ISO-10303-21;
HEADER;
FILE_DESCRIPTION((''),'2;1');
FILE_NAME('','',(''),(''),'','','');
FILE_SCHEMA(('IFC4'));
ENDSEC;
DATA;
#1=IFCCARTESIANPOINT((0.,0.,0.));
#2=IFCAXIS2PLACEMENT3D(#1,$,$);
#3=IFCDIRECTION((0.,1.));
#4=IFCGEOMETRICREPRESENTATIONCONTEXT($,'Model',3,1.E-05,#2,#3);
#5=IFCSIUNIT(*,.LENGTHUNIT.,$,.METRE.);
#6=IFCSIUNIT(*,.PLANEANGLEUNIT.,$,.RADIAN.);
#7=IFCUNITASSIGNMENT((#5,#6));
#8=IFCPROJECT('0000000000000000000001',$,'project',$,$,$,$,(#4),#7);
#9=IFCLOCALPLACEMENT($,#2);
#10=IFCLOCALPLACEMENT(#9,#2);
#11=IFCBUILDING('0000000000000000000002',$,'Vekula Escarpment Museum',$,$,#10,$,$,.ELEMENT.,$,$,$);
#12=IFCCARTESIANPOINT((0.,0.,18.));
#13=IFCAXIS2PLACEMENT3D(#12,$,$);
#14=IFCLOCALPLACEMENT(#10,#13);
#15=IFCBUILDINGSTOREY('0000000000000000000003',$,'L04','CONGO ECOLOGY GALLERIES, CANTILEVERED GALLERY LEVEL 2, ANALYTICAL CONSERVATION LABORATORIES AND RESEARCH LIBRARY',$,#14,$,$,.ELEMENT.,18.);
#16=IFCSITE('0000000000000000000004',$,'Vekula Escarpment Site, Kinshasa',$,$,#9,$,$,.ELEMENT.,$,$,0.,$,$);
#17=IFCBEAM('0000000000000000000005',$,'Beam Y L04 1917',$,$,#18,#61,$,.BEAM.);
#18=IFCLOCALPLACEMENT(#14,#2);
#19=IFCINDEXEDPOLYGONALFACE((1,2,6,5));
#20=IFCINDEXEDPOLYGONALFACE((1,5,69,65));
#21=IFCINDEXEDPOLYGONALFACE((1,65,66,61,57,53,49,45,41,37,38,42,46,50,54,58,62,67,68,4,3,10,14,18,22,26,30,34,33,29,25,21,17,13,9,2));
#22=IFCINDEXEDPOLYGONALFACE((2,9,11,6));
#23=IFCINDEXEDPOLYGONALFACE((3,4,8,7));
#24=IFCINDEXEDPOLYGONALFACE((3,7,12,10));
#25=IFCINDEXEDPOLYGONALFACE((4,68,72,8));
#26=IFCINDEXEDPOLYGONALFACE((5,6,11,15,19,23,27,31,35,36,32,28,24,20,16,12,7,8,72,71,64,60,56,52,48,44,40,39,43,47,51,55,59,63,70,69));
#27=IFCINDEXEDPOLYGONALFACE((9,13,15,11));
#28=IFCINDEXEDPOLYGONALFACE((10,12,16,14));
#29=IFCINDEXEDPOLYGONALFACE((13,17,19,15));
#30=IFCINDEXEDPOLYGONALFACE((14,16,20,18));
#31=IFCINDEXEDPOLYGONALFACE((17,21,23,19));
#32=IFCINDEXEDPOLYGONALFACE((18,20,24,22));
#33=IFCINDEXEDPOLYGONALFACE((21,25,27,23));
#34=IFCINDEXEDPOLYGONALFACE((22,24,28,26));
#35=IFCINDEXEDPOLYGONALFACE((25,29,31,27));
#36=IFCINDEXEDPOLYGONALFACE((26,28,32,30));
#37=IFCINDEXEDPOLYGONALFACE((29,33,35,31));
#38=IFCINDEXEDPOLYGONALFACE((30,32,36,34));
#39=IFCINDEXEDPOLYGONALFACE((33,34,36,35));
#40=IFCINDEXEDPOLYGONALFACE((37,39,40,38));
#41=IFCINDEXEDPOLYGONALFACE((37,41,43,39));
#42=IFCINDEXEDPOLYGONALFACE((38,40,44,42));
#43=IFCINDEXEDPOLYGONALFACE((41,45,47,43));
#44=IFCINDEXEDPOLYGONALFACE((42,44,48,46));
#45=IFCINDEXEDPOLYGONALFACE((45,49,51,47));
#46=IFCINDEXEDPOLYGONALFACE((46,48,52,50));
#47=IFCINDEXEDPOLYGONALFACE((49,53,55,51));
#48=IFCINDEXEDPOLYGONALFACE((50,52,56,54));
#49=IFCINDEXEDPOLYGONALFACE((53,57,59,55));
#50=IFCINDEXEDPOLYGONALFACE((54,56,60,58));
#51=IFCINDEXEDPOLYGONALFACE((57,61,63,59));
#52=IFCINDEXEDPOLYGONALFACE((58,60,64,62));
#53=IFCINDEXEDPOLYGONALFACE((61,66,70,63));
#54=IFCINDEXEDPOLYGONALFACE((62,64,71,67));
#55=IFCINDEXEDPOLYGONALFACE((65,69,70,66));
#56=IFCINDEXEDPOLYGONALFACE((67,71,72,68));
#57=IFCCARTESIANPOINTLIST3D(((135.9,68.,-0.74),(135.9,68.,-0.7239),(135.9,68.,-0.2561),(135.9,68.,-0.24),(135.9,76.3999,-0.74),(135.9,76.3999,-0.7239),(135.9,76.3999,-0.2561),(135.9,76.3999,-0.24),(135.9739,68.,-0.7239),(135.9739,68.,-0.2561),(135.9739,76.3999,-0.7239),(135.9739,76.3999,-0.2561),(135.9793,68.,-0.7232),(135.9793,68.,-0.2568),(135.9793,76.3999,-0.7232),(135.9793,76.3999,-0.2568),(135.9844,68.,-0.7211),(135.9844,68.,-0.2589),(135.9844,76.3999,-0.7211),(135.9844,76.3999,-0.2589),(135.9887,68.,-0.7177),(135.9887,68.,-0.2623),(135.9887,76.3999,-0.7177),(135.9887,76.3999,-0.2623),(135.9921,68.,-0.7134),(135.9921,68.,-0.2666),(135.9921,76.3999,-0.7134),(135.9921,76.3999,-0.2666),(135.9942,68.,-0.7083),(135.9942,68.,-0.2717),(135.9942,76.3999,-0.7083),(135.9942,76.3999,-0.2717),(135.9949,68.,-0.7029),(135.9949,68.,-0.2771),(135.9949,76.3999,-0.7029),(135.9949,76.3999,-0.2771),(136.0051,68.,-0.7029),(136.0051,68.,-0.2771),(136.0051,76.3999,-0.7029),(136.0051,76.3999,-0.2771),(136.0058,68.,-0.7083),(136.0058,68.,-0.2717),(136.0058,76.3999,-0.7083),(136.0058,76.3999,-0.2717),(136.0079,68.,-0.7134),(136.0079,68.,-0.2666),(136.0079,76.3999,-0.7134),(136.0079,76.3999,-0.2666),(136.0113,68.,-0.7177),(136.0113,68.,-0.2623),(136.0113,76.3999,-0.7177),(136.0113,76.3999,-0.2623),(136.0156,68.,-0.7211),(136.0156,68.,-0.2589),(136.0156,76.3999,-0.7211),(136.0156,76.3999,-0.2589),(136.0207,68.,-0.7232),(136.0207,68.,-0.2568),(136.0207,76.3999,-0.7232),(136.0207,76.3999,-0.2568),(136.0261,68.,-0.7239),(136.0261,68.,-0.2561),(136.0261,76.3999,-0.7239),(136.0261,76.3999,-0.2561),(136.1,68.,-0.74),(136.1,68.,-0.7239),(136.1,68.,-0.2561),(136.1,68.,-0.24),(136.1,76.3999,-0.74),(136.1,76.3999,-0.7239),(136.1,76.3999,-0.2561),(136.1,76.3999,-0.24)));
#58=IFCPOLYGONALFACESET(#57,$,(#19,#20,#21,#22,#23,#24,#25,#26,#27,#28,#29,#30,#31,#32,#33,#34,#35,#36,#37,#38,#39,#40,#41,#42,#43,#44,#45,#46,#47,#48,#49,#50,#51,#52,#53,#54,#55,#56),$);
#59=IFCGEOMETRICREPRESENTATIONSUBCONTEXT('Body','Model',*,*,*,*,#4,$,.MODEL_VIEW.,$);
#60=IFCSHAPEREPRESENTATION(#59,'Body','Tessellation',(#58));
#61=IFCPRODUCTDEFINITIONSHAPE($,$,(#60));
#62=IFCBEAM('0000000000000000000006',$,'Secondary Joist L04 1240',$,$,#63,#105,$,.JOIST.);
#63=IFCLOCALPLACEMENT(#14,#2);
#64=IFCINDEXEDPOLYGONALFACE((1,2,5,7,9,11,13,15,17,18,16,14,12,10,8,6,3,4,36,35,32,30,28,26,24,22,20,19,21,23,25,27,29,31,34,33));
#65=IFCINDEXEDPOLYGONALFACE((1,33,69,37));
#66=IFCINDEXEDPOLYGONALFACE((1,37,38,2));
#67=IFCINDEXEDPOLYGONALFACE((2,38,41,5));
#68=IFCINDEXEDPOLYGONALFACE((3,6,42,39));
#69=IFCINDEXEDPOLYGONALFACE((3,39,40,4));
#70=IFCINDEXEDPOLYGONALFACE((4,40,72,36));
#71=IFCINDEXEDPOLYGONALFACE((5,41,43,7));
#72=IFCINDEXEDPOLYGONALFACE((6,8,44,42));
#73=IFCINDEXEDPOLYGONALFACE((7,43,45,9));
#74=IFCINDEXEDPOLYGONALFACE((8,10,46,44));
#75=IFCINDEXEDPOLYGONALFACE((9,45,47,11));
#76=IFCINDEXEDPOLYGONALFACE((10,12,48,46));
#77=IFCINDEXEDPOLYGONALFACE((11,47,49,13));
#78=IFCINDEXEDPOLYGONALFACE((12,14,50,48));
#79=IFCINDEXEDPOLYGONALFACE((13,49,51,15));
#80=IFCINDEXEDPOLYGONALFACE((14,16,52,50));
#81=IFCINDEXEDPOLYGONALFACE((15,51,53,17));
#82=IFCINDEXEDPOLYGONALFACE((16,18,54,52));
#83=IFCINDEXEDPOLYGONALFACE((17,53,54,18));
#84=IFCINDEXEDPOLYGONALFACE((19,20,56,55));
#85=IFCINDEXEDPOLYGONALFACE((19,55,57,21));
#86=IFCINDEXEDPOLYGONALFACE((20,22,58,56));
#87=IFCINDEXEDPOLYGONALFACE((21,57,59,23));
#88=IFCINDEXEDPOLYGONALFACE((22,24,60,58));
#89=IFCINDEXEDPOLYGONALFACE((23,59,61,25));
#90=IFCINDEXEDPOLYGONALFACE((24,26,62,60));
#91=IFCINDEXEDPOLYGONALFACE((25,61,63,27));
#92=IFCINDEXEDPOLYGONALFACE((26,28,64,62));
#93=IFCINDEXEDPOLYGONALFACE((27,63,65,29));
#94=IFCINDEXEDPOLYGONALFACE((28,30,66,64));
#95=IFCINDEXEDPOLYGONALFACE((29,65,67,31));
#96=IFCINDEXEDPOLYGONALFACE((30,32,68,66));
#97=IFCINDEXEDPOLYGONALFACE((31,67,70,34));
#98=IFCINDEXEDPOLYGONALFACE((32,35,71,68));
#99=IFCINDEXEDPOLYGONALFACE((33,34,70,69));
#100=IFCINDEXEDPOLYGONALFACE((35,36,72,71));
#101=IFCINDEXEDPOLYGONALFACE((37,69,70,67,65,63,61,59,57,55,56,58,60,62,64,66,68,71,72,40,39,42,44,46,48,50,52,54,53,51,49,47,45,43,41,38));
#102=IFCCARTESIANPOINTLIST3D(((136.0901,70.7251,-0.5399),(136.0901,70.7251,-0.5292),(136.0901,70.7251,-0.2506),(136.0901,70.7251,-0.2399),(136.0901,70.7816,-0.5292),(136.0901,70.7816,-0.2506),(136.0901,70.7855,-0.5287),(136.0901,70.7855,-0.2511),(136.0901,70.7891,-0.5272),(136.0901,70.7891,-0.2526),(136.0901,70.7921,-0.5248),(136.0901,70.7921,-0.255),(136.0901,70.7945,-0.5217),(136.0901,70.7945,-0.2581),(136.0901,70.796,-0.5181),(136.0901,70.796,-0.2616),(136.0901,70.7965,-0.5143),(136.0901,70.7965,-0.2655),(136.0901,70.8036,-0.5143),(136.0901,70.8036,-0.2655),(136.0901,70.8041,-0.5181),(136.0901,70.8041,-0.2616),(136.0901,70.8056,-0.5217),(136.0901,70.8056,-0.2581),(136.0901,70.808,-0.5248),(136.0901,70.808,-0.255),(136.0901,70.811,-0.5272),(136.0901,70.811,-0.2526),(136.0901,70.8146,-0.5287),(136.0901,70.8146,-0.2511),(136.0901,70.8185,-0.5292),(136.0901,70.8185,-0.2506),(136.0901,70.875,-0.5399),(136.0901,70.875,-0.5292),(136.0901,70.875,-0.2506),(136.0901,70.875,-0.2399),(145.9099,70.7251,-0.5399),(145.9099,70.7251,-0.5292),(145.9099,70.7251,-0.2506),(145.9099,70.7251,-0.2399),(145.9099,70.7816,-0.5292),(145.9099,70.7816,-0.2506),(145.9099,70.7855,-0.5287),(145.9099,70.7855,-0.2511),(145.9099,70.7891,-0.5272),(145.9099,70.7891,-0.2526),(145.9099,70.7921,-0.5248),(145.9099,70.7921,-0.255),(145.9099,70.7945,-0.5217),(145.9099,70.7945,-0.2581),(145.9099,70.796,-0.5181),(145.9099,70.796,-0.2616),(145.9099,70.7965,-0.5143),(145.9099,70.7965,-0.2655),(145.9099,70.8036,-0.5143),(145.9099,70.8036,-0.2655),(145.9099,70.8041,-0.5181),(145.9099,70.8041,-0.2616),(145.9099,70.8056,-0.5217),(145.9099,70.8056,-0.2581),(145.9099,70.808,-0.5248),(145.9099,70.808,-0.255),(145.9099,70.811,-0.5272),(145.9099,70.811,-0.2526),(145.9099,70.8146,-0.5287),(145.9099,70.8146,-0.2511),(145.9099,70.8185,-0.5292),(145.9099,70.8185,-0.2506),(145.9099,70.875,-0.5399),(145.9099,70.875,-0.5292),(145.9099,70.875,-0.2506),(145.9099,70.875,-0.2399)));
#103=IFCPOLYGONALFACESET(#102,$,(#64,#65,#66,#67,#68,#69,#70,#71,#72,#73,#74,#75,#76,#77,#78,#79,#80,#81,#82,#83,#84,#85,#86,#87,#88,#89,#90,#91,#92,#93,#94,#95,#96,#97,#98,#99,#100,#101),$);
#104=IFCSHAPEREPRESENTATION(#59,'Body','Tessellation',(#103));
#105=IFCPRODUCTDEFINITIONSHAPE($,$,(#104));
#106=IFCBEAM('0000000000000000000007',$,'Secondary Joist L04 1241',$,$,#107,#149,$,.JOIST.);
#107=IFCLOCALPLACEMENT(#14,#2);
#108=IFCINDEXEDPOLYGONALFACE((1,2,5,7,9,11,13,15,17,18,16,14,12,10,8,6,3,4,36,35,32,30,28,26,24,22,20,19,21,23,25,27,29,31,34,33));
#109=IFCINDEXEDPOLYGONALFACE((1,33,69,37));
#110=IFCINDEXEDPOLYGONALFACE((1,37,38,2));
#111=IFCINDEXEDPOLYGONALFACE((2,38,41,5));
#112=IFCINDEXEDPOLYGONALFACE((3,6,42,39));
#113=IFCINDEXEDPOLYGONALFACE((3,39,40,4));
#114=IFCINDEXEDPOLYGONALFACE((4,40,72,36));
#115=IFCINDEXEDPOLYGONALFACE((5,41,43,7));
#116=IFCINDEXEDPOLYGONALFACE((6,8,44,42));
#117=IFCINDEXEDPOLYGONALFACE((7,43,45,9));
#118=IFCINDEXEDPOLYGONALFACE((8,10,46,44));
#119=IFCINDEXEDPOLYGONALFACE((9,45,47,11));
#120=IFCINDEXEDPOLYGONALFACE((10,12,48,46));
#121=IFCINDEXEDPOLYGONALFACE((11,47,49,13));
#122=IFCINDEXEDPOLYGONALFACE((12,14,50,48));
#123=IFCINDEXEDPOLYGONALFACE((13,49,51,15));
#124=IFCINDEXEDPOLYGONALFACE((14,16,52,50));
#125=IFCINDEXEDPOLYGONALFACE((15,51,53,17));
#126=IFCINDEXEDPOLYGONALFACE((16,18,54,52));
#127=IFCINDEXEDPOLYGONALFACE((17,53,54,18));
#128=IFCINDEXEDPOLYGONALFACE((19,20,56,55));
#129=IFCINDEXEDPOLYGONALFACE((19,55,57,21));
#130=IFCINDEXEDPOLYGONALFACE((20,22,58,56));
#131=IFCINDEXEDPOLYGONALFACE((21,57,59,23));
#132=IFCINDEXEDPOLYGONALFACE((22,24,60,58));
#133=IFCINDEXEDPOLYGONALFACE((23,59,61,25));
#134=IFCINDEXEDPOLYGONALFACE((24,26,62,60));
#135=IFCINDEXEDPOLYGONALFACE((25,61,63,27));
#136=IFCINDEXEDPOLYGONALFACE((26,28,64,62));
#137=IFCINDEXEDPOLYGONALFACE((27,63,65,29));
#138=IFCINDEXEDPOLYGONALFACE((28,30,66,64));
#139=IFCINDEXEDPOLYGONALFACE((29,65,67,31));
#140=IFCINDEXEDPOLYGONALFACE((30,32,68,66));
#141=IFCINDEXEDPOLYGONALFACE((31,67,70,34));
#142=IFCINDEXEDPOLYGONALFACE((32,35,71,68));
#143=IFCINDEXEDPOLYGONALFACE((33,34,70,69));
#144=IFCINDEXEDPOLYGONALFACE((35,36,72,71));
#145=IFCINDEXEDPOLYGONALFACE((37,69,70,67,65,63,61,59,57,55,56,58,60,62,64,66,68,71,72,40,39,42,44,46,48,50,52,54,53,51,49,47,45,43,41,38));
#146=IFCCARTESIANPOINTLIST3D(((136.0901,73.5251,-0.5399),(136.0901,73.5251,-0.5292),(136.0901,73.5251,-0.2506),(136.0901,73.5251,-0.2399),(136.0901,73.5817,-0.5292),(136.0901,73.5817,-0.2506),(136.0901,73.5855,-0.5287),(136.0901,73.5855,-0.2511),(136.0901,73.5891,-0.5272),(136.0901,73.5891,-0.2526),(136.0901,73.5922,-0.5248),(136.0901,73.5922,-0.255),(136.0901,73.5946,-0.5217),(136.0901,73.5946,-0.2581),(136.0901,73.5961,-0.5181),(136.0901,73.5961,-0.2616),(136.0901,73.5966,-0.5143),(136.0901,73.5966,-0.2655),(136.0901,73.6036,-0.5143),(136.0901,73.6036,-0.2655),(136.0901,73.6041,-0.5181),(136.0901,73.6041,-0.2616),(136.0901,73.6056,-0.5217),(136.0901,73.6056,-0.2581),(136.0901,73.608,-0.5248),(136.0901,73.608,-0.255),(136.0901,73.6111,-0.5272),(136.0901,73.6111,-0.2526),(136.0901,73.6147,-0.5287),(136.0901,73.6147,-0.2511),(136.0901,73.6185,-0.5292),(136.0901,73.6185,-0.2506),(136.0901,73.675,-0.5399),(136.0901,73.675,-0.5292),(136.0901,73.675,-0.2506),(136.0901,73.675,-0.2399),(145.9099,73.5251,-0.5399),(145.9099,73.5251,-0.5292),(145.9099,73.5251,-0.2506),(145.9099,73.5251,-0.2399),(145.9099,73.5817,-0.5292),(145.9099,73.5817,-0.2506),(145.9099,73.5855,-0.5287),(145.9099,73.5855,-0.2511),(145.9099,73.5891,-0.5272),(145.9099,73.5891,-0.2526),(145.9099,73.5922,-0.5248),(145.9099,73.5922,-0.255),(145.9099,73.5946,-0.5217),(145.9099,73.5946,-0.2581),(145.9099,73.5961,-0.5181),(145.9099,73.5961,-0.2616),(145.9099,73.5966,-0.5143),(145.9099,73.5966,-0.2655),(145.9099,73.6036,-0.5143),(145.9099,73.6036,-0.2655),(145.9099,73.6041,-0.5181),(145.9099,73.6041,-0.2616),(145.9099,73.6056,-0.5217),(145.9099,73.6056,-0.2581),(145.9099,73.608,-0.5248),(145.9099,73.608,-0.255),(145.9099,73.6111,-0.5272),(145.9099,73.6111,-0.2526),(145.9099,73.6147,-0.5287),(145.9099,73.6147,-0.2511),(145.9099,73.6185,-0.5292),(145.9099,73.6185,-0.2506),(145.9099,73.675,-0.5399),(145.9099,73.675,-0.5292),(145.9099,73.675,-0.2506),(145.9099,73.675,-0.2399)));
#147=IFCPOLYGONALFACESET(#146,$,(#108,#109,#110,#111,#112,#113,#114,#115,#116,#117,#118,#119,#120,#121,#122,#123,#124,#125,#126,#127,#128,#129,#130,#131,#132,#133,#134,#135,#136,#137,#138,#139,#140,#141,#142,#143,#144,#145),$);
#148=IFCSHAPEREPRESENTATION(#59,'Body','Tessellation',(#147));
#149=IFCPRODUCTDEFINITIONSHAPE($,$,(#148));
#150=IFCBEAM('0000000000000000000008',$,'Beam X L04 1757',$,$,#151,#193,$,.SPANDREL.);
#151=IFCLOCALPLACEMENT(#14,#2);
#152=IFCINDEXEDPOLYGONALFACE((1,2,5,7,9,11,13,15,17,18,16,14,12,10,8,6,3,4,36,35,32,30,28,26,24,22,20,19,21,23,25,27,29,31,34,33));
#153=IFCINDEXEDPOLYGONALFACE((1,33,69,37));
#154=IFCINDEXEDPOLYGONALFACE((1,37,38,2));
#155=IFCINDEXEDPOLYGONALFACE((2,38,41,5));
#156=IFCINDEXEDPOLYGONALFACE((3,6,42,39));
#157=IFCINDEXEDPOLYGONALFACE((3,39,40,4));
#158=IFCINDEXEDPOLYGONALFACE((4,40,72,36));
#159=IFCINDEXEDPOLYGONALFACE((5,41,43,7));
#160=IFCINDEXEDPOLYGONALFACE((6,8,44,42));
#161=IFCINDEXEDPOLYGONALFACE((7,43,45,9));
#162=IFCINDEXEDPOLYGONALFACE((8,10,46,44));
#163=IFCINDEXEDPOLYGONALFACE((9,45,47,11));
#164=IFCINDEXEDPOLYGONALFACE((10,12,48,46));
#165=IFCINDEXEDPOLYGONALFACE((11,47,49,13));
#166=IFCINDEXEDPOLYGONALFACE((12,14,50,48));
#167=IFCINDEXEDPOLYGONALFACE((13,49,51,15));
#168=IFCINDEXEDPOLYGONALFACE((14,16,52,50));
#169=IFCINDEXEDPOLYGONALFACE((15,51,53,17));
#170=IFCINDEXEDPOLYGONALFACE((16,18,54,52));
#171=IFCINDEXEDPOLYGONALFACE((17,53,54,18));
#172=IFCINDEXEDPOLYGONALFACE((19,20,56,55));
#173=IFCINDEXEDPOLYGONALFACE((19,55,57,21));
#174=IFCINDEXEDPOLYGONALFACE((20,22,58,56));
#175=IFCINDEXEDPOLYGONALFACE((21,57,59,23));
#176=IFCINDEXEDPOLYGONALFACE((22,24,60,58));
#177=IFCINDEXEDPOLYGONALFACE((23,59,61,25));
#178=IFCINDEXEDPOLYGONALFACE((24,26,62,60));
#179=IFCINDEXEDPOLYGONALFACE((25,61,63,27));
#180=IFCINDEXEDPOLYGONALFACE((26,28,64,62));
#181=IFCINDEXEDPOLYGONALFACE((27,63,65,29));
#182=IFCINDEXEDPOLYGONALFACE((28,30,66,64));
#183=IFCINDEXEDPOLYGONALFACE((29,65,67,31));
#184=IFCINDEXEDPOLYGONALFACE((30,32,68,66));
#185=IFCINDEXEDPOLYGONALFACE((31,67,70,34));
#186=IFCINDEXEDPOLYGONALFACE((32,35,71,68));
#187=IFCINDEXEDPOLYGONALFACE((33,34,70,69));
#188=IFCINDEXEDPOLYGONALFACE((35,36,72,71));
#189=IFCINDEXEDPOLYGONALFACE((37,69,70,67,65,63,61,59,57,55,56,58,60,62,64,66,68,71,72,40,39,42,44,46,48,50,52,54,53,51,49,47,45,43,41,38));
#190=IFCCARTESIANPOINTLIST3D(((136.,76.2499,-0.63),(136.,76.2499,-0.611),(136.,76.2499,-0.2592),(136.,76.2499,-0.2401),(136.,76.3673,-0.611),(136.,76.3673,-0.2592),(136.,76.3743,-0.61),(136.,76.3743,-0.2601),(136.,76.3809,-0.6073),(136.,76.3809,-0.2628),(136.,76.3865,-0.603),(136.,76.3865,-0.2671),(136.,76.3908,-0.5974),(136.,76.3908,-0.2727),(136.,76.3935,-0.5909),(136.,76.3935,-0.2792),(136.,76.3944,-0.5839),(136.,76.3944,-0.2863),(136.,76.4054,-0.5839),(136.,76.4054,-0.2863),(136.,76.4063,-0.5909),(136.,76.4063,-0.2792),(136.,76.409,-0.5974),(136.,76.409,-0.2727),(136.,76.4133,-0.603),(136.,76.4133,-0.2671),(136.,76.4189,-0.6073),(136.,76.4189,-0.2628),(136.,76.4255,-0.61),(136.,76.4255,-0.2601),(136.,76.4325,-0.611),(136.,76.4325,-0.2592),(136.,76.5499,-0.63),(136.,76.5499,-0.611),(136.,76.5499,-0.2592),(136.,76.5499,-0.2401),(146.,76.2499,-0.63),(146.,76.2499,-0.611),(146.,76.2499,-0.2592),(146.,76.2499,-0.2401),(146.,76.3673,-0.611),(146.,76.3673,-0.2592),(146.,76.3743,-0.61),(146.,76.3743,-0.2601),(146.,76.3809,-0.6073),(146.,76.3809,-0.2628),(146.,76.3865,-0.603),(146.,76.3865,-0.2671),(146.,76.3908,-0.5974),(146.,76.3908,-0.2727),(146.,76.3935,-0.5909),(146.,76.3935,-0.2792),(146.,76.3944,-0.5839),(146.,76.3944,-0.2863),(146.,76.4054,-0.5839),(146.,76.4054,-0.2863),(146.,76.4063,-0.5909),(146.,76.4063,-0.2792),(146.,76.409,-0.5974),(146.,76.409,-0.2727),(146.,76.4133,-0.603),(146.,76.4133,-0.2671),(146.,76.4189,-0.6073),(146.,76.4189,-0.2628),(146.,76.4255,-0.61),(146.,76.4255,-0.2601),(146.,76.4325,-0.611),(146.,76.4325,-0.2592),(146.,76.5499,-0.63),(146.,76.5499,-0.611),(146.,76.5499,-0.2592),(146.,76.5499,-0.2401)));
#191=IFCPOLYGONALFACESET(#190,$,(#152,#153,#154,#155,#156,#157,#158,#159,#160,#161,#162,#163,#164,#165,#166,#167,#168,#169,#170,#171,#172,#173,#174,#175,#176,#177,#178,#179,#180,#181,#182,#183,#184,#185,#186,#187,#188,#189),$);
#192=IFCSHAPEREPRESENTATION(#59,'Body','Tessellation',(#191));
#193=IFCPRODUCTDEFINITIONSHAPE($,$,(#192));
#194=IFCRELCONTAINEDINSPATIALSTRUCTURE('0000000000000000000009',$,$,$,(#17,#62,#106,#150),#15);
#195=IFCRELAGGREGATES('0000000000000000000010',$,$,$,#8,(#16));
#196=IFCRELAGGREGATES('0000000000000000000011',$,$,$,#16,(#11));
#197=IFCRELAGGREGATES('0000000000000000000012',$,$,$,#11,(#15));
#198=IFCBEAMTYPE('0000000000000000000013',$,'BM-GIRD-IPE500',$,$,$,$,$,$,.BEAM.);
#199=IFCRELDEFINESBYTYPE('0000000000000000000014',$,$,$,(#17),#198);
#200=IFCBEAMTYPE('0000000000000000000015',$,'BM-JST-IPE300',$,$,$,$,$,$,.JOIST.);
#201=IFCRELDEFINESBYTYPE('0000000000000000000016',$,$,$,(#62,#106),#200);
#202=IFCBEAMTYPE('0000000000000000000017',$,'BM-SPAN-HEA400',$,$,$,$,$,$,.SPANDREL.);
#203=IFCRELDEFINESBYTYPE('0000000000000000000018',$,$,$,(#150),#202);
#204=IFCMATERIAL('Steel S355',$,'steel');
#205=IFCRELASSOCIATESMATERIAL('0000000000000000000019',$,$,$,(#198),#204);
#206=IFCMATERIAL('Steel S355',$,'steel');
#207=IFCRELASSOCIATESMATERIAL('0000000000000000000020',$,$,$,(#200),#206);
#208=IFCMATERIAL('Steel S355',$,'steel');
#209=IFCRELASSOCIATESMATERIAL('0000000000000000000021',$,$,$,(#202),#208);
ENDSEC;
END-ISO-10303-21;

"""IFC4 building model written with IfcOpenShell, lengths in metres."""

from ifc_helpers import new_model, si_unit, direction, frame, origin, origin_2d, place, context, subcontext, project, spatial, i_section, extrude, material, material_profile, profile_set, type_object, element, save


model = new_model("IFC4")

# Units and contexts
model_context = context("Model", 3, precision=1e-05, world=origin(), true_north=direction((0.0, 1.0)))
body_context = subcontext(model_context, "Body", "Model", "MODEL_VIEW")
ifc_project = project(units=[si_unit("LENGTHUNIT", "METRE"), si_unit("PLANEANGLEUNIT", "RADIAN")], contexts=[model_context])

# Site, building, storey
site_placement = place(None, origin())
site = spatial("IfcSite", under=ifc_project, at=site_placement, Name="Vekula Escarpment Site, Kinshasa", CompositionType="ELEMENT", RefElevation=0.0)
building_placement = place(site_placement, origin())
building = spatial("IfcBuilding", under=site, at=building_placement, Name="Vekula Escarpment Museum", CompositionType="ELEMENT")
storey_placement = place(building_placement, frame((0.0, 0.0, 18.0)))
storey = spatial("IfcBuildingStorey", under=building, at=storey_placement, Name="L04", Description="CONGO ECOLOGY GALLERIES, CANTILEVERED GALLERY LEVEL 2, ANALYTICAL CONSERVATION LABORATORIES AND RESEARCH LIBRARY", CompositionType="ELEMENT", Elevation=18.0)

# Beams
ifc_material_1 = material(Name="Steel S355", Category="steel")
ifc_material_profile_1 = material_profile(ifc_material_1, i_section(OverallWidth=0.2, OverallDepth=0.5, WebThickness=0.0103, FlangeThickness=0.0161, FilletRadius=0.021, at=origin_2d()), Name="IPE 500")
ifc_profile_set_1 = profile_set([ifc_material_profile_1], Name="Steel S355")
beam_type_1 = type_object("IfcBeamType", Name="BM-GIRD-IPE500", PredefinedType="BEAM", material=ifc_profile_set_1)
beam_1_placement = place(storey_placement, frame((136.0, 68.0, -0.49), z_axis=(0.0, 1.0, 0.0), x_axis=(-1.0, 0.0, 0.0)))
element("IfcBeam", 1, at=beam_1_placement, inside=storey, type_object=beam_type_1, Name="Beam Y L04 1917", PredefinedType="BEAM", context=body_context, shape_type="SweptSolid", body=[
    extrude(i_section(OverallWidth=0.2, OverallDepth=0.5, WebThickness=0.0103, FlangeThickness=0.0161, FilletRadius=0.021, at=origin_2d()), origin(), (0.0, 0.0, 1.0), 8.3999),
])
ifc_material_2 = material(Name="Steel S355", Category="steel")
ifc_material_profile_2 = material_profile(ifc_material_2, i_section(OverallWidth=0.1499, OverallDepth=0.3, WebThickness=0.0071, FlangeThickness=0.0107, FilletRadius=0.0149, at=origin_2d()), Name="IPE 300")
ifc_profile_set_2 = profile_set([ifc_material_profile_2], Name="Steel S355")
beam_type_2 = type_object("IfcBeamType", Name="BM-JST-IPE300", PredefinedType="JOIST", material=ifc_profile_set_2)
for number, where, z_axis, x_axis, name in (
    (2, (136.0901, 70.8, -0.3899), (1.0, 0.0, 0.0), (0.0, 1.0, 0.0), "Secondary Joist L04 1240"),
    (3, (136.0901, 73.6001, -0.3899), (1.0, 0.0, 0.0), (0.0, 1.0, 0.0), "Secondary Joist L04 1241"),
):
    element("IfcBeam", number, at=place(storey_placement, frame(where, z_axis=z_axis, x_axis=x_axis)), inside=storey, type_object=beam_type_2, Name=name, PredefinedType="JOIST", context=body_context, shape_type="SweptSolid", body=[
        extrude(i_section(OverallWidth=0.1499, OverallDepth=0.3, WebThickness=0.0071, FlangeThickness=0.0107, FilletRadius=0.0149, at=origin_2d()), origin(), (0.0, 0.0, 1.0), 9.8198),
    ])
ifc_material_3 = material(Name="Steel S355", Category="steel")
ifc_material_profile_3 = material_profile(ifc_material_3, i_section(OverallWidth=0.3, OverallDepth=0.3899, WebThickness=0.011, FlangeThickness=0.019, FilletRadius=0.0271, at=origin_2d()), Name="HEA 400")
ifc_profile_set_3 = profile_set([ifc_material_profile_3], Name="Steel S355")
beam_type_3 = type_object("IfcBeamType", Name="BM-SPAN-HEA400", PredefinedType="SPANDREL", material=ifc_profile_set_3)
beam_2_placement = place(storey_placement, frame((136.0, 76.3999, -0.4351), z_axis=(1.0, 0.0, 0.0), x_axis=(0.0, 1.0, 0.0)))
element("IfcBeam", 4, at=beam_2_placement, inside=storey, type_object=beam_type_3, Name="Beam X L04 1757", PredefinedType="SPANDREL", context=body_context, shape_type="SweptSolid", body=[
    extrude(i_section(OverallWidth=0.3, OverallDepth=0.3899, WebThickness=0.011, FlangeThickness=0.019, FilletRadius=0.0271, at=origin_2d()), origin(), (0.0, 0.0, 1.0), 10.0),
])

save(model, "model.ifc")
